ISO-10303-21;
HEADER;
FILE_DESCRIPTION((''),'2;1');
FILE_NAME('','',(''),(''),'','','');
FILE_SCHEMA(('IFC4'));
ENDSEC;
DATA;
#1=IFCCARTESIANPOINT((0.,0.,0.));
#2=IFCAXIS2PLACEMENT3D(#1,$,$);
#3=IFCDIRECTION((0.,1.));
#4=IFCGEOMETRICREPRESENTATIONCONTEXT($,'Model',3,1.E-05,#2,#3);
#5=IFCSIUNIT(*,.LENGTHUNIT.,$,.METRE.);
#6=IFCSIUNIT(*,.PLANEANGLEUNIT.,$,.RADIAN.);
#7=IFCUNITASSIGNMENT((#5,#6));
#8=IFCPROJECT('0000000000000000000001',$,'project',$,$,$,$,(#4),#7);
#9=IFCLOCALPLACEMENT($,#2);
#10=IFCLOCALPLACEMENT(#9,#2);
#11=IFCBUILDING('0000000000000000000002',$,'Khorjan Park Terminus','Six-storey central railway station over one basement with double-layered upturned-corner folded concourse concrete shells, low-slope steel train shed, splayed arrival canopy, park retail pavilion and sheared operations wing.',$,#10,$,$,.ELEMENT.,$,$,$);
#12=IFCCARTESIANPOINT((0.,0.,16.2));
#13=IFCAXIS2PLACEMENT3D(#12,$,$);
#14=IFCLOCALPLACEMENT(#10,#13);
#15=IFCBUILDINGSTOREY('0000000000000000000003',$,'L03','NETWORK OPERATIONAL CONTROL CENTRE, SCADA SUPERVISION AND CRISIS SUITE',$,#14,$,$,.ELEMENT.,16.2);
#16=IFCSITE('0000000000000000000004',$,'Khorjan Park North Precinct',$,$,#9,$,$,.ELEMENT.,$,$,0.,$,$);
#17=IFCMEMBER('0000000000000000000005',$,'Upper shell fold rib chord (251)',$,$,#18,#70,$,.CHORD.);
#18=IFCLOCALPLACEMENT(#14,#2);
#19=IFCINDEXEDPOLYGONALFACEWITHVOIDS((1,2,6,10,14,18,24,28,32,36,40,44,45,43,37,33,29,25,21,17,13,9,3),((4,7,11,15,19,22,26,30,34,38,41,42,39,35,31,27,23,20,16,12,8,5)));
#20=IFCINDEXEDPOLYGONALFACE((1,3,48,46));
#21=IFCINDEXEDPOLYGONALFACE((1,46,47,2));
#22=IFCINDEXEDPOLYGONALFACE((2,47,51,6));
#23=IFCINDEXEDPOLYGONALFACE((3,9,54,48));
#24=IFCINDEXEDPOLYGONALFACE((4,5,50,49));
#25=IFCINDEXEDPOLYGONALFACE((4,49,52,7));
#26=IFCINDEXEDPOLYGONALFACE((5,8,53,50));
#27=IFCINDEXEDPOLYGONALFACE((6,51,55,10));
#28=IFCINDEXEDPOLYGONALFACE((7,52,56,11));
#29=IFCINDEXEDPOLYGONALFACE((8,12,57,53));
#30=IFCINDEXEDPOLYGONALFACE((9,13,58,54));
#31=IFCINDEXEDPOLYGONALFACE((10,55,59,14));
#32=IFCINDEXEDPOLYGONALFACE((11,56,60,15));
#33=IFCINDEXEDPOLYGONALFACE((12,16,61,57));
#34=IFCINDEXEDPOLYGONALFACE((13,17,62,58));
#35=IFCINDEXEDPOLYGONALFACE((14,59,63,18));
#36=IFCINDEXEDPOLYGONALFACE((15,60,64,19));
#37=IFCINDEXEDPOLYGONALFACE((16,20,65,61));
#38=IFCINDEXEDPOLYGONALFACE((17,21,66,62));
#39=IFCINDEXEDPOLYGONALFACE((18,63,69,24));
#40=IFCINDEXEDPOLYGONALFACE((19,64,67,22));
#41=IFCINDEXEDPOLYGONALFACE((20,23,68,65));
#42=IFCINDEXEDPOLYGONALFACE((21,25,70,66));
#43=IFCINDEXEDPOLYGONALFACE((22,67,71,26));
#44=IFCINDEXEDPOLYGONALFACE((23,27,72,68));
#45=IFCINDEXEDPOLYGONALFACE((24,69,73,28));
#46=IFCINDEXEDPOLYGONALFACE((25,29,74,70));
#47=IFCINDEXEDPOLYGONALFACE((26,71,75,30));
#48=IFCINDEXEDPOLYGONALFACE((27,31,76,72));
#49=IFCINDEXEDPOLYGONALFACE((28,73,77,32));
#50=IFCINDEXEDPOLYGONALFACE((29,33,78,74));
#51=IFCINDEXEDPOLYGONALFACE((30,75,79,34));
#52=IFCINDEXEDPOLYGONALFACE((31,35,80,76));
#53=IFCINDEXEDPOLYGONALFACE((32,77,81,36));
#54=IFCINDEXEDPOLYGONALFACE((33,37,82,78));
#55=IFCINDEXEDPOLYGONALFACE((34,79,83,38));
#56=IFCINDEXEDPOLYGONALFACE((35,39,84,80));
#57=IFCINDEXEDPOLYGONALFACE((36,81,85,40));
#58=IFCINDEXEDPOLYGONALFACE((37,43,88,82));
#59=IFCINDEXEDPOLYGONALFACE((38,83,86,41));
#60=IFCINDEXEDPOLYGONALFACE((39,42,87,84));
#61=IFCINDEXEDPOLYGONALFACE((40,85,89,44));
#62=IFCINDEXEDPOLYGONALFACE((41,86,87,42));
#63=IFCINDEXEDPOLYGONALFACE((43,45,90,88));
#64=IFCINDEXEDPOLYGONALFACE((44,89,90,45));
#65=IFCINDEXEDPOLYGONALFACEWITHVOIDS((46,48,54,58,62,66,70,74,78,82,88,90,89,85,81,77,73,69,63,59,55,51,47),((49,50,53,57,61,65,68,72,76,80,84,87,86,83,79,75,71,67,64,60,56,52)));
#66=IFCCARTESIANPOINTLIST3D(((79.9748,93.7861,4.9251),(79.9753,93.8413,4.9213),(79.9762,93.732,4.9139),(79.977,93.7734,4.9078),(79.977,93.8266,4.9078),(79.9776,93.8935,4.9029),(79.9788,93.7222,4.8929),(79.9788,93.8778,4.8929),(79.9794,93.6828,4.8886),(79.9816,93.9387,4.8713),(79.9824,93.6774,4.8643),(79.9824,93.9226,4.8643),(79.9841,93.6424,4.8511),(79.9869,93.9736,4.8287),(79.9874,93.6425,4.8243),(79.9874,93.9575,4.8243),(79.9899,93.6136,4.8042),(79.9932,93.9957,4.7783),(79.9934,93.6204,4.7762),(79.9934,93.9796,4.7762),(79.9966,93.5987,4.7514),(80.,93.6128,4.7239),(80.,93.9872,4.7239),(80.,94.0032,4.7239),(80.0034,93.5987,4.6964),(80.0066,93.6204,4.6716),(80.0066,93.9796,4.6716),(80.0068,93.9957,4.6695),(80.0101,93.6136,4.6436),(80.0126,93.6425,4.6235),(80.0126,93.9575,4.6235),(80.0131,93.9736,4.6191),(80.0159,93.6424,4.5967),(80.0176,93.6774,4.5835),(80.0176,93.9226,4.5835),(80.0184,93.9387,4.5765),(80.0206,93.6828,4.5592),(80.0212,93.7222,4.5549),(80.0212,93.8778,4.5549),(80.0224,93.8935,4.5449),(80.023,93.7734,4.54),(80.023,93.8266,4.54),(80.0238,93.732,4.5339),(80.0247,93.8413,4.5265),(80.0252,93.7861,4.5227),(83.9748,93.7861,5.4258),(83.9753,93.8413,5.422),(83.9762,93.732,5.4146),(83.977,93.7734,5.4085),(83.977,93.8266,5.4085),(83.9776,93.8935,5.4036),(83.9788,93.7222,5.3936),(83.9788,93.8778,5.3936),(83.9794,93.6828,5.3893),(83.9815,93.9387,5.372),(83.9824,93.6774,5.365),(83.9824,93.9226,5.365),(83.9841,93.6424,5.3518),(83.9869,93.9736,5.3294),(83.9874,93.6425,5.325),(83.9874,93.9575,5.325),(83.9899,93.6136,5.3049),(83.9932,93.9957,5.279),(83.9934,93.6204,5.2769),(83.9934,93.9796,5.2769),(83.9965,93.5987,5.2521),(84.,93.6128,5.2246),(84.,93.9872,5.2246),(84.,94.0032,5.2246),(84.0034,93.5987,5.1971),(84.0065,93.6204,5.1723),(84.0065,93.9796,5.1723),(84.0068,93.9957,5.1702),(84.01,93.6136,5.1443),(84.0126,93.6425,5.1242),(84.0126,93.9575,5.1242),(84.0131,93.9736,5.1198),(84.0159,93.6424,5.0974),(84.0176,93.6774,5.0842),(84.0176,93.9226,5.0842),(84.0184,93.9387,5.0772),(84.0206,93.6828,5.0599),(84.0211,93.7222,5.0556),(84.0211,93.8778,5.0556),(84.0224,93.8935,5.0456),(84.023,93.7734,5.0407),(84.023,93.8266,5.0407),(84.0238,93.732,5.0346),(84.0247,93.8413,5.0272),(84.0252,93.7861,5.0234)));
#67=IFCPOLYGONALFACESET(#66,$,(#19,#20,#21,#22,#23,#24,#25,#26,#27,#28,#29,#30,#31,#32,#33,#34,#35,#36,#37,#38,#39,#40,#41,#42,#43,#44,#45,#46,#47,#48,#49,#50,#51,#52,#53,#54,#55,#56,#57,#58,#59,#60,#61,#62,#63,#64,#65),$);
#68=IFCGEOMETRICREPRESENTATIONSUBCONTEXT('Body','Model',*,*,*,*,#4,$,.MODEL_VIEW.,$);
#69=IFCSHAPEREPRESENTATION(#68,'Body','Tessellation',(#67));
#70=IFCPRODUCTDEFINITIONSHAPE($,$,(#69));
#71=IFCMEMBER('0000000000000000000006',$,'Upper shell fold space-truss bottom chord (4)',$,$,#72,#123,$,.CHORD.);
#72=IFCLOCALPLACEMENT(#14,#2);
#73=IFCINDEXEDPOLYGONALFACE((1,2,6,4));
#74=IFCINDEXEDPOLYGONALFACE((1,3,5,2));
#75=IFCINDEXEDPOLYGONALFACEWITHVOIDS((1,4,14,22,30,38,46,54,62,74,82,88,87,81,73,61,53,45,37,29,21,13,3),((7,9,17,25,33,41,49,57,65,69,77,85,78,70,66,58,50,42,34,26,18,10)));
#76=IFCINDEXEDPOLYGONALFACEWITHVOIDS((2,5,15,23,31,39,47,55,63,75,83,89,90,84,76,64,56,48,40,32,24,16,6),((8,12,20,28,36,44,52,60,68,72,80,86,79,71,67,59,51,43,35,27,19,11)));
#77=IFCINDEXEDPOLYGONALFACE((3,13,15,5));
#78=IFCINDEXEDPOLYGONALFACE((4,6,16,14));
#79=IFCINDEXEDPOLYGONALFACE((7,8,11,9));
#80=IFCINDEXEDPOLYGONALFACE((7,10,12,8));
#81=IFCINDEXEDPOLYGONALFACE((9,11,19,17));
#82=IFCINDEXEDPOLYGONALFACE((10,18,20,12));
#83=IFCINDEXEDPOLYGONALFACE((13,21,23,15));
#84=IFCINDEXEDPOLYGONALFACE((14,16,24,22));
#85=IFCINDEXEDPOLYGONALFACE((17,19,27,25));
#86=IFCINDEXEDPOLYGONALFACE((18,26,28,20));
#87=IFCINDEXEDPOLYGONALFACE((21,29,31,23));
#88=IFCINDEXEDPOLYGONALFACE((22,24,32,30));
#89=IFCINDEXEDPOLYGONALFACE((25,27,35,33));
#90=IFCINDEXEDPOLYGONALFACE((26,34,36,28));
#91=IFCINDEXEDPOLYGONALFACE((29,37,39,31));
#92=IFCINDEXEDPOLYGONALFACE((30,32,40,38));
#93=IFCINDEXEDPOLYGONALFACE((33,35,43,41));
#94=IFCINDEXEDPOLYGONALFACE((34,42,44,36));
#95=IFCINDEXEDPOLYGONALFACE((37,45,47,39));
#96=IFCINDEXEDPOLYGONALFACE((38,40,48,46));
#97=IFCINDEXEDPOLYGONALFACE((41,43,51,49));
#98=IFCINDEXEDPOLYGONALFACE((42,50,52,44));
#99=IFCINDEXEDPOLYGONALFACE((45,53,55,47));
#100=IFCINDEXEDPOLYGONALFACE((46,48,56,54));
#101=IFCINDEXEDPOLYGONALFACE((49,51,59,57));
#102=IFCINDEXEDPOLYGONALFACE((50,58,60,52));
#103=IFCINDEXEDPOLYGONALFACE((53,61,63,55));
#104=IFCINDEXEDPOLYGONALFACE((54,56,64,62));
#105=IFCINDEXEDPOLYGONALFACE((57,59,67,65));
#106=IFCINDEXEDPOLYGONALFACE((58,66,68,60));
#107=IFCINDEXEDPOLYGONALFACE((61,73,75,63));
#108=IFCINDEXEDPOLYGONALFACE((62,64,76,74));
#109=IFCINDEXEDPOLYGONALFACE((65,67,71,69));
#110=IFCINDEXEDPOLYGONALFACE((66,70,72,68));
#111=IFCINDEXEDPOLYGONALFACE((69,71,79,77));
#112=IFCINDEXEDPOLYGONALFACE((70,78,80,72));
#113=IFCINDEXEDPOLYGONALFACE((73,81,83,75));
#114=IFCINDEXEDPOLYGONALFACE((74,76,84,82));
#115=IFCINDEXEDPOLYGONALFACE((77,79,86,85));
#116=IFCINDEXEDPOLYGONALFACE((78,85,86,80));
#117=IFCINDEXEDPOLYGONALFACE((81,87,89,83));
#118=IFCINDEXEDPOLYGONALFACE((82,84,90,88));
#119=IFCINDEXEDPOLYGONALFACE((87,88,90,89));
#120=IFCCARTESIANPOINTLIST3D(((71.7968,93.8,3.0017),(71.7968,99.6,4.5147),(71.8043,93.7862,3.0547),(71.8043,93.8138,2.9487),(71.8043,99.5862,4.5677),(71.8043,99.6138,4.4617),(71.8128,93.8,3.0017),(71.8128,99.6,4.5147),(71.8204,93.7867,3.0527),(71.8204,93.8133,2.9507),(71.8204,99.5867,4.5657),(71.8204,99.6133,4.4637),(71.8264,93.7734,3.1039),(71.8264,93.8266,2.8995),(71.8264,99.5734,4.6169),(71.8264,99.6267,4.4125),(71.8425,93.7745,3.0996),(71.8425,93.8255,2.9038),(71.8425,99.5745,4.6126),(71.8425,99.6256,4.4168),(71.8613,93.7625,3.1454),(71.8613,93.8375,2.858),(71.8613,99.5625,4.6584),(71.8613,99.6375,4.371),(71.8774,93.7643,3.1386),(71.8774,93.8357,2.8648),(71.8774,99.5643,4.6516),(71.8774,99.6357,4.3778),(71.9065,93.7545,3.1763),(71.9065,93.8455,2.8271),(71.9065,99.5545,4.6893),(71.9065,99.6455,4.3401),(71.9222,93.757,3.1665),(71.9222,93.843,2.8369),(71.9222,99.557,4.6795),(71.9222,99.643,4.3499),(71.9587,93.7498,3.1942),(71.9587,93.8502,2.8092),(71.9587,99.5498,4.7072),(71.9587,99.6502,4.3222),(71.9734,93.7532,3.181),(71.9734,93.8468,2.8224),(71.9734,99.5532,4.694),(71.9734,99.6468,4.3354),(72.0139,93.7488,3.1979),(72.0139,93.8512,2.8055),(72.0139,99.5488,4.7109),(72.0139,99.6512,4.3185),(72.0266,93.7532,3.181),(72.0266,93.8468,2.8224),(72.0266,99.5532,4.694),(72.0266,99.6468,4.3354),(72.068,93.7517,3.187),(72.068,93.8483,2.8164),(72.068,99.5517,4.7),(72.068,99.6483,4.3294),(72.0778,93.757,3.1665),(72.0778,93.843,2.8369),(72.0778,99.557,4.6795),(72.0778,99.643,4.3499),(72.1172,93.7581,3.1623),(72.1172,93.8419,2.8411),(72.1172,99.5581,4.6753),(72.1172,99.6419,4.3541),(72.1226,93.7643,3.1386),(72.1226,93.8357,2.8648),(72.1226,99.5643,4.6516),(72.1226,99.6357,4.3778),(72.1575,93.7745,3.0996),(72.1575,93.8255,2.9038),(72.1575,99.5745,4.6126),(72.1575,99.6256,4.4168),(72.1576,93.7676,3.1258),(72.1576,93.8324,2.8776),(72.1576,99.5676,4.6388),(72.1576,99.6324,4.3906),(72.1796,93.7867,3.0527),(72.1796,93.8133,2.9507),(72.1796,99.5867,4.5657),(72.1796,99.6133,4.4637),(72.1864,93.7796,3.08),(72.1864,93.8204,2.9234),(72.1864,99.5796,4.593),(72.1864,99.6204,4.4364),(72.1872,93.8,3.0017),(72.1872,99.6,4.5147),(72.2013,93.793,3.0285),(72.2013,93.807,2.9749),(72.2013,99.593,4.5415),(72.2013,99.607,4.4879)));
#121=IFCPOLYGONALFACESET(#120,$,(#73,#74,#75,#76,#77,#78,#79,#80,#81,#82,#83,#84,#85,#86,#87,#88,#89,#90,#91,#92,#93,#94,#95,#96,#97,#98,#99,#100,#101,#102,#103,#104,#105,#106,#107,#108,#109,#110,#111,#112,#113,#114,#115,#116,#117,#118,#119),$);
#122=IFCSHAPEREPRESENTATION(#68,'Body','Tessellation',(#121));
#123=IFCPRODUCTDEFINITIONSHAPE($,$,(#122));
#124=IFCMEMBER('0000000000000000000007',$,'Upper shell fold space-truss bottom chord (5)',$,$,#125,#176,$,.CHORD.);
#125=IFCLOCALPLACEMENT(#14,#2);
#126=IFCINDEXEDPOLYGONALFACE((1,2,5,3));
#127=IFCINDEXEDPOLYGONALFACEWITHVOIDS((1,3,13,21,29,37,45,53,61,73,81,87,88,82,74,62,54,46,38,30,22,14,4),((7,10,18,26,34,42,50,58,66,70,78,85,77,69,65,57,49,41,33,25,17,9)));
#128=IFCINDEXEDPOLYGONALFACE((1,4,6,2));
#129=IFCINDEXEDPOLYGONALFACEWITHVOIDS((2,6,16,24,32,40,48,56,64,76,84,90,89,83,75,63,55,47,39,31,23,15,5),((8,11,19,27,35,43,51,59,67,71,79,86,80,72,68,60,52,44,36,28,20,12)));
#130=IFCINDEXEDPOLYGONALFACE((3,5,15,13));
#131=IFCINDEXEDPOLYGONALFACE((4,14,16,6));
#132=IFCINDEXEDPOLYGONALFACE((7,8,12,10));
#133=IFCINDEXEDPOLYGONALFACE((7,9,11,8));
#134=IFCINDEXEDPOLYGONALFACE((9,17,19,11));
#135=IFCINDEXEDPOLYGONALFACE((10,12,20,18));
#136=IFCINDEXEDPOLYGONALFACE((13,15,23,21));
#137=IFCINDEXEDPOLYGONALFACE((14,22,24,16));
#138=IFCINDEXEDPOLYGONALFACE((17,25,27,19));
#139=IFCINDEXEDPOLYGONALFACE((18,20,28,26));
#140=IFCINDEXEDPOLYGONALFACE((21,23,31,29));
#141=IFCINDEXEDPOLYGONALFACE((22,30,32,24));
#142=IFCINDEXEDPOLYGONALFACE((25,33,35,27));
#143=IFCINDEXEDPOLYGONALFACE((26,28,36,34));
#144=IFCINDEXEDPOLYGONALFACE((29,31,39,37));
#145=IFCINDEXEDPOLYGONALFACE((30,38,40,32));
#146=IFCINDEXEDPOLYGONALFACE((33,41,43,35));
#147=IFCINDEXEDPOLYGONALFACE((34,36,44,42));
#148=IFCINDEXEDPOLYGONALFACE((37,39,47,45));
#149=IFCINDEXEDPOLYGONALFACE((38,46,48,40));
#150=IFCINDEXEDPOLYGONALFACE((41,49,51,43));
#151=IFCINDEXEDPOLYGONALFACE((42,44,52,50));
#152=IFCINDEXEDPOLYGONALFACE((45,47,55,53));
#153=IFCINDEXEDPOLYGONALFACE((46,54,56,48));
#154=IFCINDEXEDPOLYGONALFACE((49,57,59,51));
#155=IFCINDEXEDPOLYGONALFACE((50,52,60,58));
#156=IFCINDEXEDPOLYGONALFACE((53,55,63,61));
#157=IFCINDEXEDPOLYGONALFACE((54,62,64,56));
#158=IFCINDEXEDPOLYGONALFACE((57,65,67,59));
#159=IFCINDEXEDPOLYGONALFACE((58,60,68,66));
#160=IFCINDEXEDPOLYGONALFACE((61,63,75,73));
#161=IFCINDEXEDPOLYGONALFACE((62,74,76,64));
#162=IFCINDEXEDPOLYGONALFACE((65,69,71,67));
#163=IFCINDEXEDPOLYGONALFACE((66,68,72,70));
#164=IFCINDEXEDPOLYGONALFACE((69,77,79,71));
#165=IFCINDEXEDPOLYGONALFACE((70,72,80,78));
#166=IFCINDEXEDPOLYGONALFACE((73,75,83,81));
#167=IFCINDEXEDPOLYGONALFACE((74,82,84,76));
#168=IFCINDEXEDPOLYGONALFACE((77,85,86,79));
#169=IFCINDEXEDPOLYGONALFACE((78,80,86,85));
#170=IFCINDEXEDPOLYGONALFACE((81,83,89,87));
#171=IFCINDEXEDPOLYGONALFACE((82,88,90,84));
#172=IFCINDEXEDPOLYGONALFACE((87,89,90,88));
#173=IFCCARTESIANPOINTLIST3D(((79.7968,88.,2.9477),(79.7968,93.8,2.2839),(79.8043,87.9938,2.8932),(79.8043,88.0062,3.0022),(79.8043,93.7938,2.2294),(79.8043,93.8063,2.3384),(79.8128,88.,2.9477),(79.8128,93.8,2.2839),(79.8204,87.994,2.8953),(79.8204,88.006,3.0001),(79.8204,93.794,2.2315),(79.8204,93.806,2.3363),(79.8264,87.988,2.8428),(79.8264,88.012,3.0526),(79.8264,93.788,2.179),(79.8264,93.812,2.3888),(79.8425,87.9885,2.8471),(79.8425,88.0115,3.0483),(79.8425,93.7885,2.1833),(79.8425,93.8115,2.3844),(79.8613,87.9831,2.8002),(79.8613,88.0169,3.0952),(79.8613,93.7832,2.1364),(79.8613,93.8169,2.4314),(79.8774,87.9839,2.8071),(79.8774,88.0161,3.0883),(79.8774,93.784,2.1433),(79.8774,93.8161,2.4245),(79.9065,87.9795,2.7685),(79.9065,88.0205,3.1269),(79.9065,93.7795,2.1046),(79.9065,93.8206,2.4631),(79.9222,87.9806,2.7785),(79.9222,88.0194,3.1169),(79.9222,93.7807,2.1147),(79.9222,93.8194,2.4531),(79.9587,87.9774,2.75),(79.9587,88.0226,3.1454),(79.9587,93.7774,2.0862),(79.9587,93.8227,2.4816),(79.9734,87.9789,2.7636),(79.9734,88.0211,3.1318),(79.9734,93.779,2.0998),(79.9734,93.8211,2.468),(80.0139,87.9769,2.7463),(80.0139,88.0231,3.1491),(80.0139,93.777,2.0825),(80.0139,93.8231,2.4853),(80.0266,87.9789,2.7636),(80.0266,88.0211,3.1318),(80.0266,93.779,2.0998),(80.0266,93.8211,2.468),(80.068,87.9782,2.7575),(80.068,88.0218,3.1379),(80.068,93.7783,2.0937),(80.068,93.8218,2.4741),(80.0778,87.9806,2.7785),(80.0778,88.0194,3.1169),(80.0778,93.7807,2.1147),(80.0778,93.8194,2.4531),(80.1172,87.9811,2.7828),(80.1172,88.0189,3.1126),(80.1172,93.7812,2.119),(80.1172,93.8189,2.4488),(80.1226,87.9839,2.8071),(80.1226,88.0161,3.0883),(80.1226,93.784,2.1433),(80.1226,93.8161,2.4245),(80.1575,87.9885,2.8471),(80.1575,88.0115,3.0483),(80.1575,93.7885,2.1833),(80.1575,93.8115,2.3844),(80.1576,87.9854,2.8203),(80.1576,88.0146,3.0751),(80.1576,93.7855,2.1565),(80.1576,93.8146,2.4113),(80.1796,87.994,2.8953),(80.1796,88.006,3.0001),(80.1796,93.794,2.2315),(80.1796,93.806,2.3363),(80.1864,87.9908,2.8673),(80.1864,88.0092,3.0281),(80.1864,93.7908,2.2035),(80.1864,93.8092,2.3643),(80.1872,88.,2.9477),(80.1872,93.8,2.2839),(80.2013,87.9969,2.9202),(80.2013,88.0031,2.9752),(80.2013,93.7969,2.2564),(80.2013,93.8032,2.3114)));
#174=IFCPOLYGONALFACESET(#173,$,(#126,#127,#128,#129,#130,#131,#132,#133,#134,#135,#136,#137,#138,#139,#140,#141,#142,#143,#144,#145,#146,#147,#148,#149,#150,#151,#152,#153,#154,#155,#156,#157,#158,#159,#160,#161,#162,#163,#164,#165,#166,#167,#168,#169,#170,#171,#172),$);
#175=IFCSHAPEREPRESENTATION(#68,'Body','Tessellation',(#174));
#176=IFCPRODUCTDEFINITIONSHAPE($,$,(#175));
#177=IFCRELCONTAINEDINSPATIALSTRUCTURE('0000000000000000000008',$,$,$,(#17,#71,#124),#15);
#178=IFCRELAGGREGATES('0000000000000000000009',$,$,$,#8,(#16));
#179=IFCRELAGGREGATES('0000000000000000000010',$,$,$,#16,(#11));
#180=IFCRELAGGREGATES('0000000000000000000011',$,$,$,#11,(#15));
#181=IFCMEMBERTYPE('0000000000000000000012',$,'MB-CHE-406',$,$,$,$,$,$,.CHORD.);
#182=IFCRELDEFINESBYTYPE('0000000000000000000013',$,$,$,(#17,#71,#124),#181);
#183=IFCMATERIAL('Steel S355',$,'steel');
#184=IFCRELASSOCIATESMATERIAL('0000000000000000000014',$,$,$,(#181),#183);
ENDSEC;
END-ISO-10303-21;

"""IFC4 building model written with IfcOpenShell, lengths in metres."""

from ifc_helpers import new_model, si_unit, direction, frame, origin, origin_2d, place, context, subcontext, project, spatial, hollow_circle, extrude, material, material_profile, profile_set, type_object, element, save


model = new_model("IFC4")

# Units and contexts
model_context = context("Model", 3, precision=1e-05, world=origin(), true_north=direction((0.0, 1.0)))
body_context = subcontext(model_context, "Body", "Model", "MODEL_VIEW")
ifc_project = project(units=[si_unit("LENGTHUNIT", "METRE"), si_unit("PLANEANGLEUNIT", "RADIAN")], contexts=[model_context])

# Site, building, storey
site_placement = place(None, origin())
site = spatial("IfcSite", under=ifc_project, at=site_placement, Name="Khorjan Park North Precinct", CompositionType="ELEMENT", RefElevation=0.0)
building_placement = place(site_placement, origin())
building = spatial("IfcBuilding", under=site, at=building_placement, Name="Khorjan Park Terminus", Description="Six-storey central railway station over one basement with double-layered upturned-corner folded concourse concrete shells, low-slope steel train shed, splayed arrival canopy, park retail pavilion and sheared operations wing.", CompositionType="ELEMENT")
storey_placement = place(building_placement, frame((0.0, 0.0, 16.2)))
storey = spatial("IfcBuildingStorey", under=building, at=storey_placement, Name="L03", Description="NETWORK OPERATIONAL CONTROL CENTRE, SCADA SUPERVISION AND CRISIS SUITE", CompositionType="ELEMENT", Elevation=16.2)

# Members
ifc_material_1 = material(Name="Steel S355", Category="steel")
ifc_material_profile_1 = material_profile(ifc_material_1, hollow_circle(Radius=0.2032, WallThickness=0.016, at=origin_2d()), Name="CHS 406.4x16")
ifc_profile_set_1 = profile_set([ifc_material_profile_1], Name="Steel S355")
member_type_1 = type_object("IfcMemberType", Name="MB-CHE-406", PredefinedType="CHORD", material=ifc_profile_set_1)
member_1_placement = place(storey_placement, frame((80.0, 93.8, 4.7239), z_axis=(0.992256, 0.0, 0.124206), x_axis=(0.0, 1.0, 0.0)))
element("IfcMember", 1, at=member_1_placement, inside=storey, type_object=member_type_1, Name="Upper shell fold rib chord (251)", PredefinedType="CHORD", context=body_context, shape_type="SweptSolid", body=[
    extrude(hollow_circle(Radius=0.2032, WallThickness=0.016, at=origin_2d()), origin(), (0.0, 0.0, 1.0), 4.0312),
])
member_2_placement = place(storey_placement, frame((72.0, 93.8, 3.0017), z_axis=(0.0, 0.967619, 0.252415), x_axis=(-1.0, 0.0, 0.0)))
element("IfcMember", 2, at=member_2_placement, inside=storey, type_object=member_type_1, Name="Upper shell fold space-truss bottom chord (4)", PredefinedType="CHORD", context=body_context, shape_type="SweptSolid", body=[
    extrude(hollow_circle(Radius=0.2032, WallThickness=0.016, at=origin_2d()), origin(), (0.0, 0.0, 1.0), 5.9941),
])
member_3_placement = place(storey_placement, frame((80.0, 88.0, 2.9477), z_axis=(0.0, 0.993514, -0.113706), x_axis=(-1.0, 0.0, 0.0)))
element("IfcMember", 3, at=member_3_placement, inside=storey, type_object=member_type_1, Name="Upper shell fold space-truss bottom chord (5)", PredefinedType="CHORD", context=body_context, shape_type="SweptSolid", body=[
    extrude(hollow_circle(Radius=0.2032, WallThickness=0.016, at=origin_2d()), origin(), (0.0, 0.0, 1.0), 5.8379),
])

save(model, "model.ifc")
